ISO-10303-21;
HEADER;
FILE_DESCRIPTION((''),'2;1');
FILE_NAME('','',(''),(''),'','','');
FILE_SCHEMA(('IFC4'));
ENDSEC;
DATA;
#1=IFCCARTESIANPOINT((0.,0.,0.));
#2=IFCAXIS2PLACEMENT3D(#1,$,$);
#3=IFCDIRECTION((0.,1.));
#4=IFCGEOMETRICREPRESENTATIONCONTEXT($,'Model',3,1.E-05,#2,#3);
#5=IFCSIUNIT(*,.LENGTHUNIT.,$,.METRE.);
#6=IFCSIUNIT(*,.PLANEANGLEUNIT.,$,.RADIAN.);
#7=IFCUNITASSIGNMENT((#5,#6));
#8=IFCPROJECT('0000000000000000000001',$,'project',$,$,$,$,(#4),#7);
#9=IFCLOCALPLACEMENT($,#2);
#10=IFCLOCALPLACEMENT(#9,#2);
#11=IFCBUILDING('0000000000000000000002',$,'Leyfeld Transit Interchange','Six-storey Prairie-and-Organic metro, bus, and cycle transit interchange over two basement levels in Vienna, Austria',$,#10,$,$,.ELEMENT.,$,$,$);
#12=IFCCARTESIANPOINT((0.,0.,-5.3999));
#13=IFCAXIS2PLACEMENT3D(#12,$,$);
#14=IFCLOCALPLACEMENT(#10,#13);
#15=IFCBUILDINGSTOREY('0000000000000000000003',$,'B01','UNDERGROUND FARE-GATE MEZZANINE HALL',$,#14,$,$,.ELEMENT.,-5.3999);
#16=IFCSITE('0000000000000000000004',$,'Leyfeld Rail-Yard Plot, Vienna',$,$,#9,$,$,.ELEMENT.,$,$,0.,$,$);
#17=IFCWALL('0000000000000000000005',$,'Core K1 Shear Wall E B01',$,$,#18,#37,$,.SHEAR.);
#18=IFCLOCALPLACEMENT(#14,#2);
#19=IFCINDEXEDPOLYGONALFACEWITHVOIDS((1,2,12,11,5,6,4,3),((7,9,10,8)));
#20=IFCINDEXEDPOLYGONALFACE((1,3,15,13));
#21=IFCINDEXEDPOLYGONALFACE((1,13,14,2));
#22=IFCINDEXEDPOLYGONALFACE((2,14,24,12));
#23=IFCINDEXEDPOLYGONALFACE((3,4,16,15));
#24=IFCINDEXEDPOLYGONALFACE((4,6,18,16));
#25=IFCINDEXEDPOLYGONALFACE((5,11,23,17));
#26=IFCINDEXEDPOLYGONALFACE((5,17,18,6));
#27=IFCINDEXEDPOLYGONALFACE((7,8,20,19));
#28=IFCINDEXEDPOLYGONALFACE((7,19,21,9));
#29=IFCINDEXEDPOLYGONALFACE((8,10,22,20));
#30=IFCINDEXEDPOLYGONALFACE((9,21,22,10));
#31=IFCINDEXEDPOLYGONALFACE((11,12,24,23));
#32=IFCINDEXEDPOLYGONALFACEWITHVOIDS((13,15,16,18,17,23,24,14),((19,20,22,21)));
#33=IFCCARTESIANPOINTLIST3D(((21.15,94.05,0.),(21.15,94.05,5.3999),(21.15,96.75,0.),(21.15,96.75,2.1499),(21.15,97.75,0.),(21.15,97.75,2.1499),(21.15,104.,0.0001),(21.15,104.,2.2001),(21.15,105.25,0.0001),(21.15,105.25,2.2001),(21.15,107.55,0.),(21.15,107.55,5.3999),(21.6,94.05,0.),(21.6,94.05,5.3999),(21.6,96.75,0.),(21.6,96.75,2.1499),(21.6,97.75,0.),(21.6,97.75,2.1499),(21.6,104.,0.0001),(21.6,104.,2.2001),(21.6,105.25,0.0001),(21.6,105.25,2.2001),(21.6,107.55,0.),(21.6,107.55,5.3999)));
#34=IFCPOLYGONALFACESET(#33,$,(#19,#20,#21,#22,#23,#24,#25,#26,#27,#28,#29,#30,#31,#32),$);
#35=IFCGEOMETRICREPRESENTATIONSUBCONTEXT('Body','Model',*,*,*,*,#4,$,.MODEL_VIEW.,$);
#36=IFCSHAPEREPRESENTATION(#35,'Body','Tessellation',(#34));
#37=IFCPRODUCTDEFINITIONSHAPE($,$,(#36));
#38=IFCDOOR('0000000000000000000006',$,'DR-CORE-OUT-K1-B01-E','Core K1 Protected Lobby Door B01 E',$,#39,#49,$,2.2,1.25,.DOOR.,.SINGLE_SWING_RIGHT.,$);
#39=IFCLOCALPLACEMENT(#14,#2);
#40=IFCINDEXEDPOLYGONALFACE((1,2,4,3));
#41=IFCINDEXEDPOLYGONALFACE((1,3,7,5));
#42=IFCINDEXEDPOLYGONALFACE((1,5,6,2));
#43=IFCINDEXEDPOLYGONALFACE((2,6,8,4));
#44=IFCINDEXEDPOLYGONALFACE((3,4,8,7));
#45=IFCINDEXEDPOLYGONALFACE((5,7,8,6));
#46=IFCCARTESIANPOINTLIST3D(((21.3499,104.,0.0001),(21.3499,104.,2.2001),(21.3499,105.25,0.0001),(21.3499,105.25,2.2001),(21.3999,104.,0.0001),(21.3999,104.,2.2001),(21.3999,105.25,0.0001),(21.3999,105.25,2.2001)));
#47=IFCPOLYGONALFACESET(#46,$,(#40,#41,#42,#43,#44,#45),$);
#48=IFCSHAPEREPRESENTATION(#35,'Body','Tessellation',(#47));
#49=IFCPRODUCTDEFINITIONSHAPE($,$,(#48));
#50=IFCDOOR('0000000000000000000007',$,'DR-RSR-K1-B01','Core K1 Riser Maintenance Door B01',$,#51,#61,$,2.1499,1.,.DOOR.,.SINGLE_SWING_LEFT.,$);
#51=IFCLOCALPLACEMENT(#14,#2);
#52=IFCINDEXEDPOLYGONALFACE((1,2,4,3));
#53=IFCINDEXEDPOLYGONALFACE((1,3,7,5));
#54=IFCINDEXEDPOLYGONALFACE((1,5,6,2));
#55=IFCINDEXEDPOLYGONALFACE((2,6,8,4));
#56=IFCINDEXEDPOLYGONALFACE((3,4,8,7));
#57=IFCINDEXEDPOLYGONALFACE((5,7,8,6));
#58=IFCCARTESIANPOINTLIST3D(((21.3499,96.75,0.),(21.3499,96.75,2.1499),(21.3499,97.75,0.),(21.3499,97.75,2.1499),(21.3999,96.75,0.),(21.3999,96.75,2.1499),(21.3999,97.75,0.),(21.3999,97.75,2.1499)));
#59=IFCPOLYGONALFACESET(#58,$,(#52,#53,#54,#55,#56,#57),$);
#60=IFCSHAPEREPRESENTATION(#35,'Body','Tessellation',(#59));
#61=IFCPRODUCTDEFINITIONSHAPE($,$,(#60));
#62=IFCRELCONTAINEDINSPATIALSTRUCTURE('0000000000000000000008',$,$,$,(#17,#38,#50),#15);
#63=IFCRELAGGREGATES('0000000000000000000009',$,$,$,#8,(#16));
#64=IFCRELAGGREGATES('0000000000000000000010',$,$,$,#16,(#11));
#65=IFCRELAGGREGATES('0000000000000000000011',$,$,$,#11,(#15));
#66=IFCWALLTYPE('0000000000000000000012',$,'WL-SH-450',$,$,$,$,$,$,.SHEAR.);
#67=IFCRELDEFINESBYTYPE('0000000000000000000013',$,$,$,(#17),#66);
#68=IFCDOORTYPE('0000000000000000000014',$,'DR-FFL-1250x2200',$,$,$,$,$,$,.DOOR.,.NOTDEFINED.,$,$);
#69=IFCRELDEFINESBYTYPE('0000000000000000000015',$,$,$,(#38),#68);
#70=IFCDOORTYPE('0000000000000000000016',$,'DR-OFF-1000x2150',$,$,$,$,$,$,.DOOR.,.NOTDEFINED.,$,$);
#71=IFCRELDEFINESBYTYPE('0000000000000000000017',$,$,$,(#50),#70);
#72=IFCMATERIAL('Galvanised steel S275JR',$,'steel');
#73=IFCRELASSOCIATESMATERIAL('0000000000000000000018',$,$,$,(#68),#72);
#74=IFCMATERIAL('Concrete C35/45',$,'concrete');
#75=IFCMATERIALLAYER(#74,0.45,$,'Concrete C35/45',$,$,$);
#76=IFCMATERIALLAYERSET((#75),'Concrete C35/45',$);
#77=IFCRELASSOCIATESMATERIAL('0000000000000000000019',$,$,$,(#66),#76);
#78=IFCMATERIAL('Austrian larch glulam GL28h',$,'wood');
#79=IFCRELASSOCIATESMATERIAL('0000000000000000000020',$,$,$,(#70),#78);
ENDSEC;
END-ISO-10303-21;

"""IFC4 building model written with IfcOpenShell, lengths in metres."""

from ifc_helpers import new_model, si_unit, direction, frame, frame_2d, origin, place, context, subcontext, project, spatial, rectangle, extrude, material, layer, layer_set, type_object, element, fill, save


model = new_model("IFC4")

# Units and contexts
model_context = context("Model", 3, precision=1e-05, world=origin(), true_north=direction((0.0, 1.0)))
body_context = subcontext(model_context, "Body", "Model", "MODEL_VIEW")
ifc_project = project(units=[si_unit("LENGTHUNIT", "METRE"), si_unit("PLANEANGLEUNIT", "RADIAN")], contexts=[model_context])

# Site, building, storey
site_placement = place(None, origin())
site = spatial("IfcSite", under=ifc_project, at=site_placement, Name="Leyfeld Rail-Yard Plot, Vienna", CompositionType="ELEMENT", RefElevation=0.0)
building_placement = place(site_placement, origin())
building = spatial("IfcBuilding", under=site, at=building_placement, Name="Leyfeld Transit Interchange", Description="Six-storey Prairie-and-Organic metro, bus, and cycle transit interchange over two basement levels in Vienna, Austria", CompositionType="ELEMENT")
storey_placement = place(building_placement, frame((0.0, 0.0, -5.3999)))
storey = spatial("IfcBuildingStorey", under=building, at=storey_placement, Name="B01", Description="UNDERGROUND FARE-GATE MEZZANINE HALL", CompositionType="ELEMENT", Elevation=-5.3999)

# Shared definitions
ifc_material_1 = material(Name="Concrete C35/45", Category="concrete")

# Shared definitions
ifc_material_2 = material(Name="Galvanised steel S275JR", Category="steel")
door_type_1 = type_object("IfcDoorType", Name="DR-FFL-1250x2200", OperationType="NOTDEFINED", PredefinedType="DOOR", material=ifc_material_2)

# Wall, openings, doors
ifc_layer_1 = layer(ifc_material_1, 0.45, Name="Concrete C35/45")
ifc_layer_set_1 = layer_set([ifc_layer_1], Name="Concrete C35/45")
wall_type_1 = type_object("IfcWallType", Name="WL-SH-450", PredefinedType="SHEAR", material=ifc_layer_set_1)
wall_1_placement = place(storey_placement, frame((21.375, 107.55, 0.0), z_axis=(0.0, 0.0, 1.0), x_axis=(0.0, -1.0, 0.0)))
wall_1 = element("IfcWall", 1, at=wall_1_placement, inside=storey, type_object=wall_type_1, Name="Core K1 Shear Wall E B01", PredefinedType="SHEAR", context=body_context, shape_type="SweptSolid", body=[
    extrude(rectangle(XDim=13.5, YDim=0.45, at=frame_2d((6.75, 0.0))), origin(), (0.0, 0.0, 1.0), 5.3999),
])
opening_1_placement = place(wall_1_placement, frame((9.8, 0.0, 0.0)))
opening_1 = element("IfcOpeningElement", 2, at=opening_1_placement, cuts=wall_1, PredefinedType="OPENING", context=body_context, shape_type="SweptSolid", body=[
    extrude(rectangle(XDim=1.0, YDim=2.1499, at=frame_2d((0.5, 1.075))), frame((0.0, 0.2349, 0.0), z_axis=(0.0, -1.0, 0.0), x_axis=(1.0, 0.0, 0.0)), (0.0, 0.0, 1.0), 0.47),
])
opening_2_placement = place(wall_1_placement, frame((2.3, 0.0, 0.0)))
opening_2 = element("IfcOpeningElement", 3, at=opening_2_placement, cuts=wall_1, PredefinedType="OPENING", context=body_context, shape_type="SweptSolid", body=[
    extrude(rectangle(XDim=1.25, YDim=2.2, at=frame_2d((0.625, 1.1001))), frame((0.0, 0.2349, 0.0), z_axis=(0.0, -1.0, 0.0), x_axis=(1.0, 0.0, 0.0)), (0.0, 0.0, 1.0), 0.47),
])
door_1_placement = place(opening_2_placement, origin())
door_1 = element("IfcDoor", 4, at=door_1_placement, inside=storey, type_object=door_type_1, Name="DR-CORE-OUT-K1-B01-E", Description="Core K1 Protected Lobby Door B01 E", OperationType="SINGLE_SWING_RIGHT", OverallHeight=2.2, OverallWidth=1.25, PredefinedType="DOOR", context=body_context, shape_type="SweptSolid", body=[
    extrude(rectangle(XDim=1.25, YDim=2.2, at=frame_2d((0.625, 1.1001))), frame((0.0, 0.0249, 0.0), z_axis=(0.0, -1.0, 0.0), x_axis=(1.0, 0.0, 0.0)), (0.0, 0.0, 1.0), 0.05),
])
fill(opening_2, door_1)
ifc_material_3 = material(Name="Austrian larch glulam GL28h", Category="wood")
door_type_2 = type_object("IfcDoorType", Name="DR-OFF-1000x2150", OperationType="NOTDEFINED", PredefinedType="DOOR", material=ifc_material_3)
door_2_placement = place(opening_1_placement, origin())
door_2 = element("IfcDoor", 5, at=door_2_placement, inside=storey, type_object=door_type_2, Name="DR-RSR-K1-B01", Description="Core K1 Riser Maintenance Door B01", OperationType="SINGLE_SWING_LEFT", OverallHeight=2.1499, OverallWidth=1.0, PredefinedType="DOOR", context=body_context, shape_type="SweptSolid", body=[
    extrude(rectangle(XDim=1.0, YDim=2.1499, at=frame_2d((0.5, 1.075))), frame((0.0, 0.0249, 0.0), z_axis=(0.0, -1.0, 0.0), x_axis=(1.0, 0.0, 0.0)), (0.0, 0.0, 1.0), 0.05),
])
fill(opening_1, door_2)

save(model, "model.ifc")
